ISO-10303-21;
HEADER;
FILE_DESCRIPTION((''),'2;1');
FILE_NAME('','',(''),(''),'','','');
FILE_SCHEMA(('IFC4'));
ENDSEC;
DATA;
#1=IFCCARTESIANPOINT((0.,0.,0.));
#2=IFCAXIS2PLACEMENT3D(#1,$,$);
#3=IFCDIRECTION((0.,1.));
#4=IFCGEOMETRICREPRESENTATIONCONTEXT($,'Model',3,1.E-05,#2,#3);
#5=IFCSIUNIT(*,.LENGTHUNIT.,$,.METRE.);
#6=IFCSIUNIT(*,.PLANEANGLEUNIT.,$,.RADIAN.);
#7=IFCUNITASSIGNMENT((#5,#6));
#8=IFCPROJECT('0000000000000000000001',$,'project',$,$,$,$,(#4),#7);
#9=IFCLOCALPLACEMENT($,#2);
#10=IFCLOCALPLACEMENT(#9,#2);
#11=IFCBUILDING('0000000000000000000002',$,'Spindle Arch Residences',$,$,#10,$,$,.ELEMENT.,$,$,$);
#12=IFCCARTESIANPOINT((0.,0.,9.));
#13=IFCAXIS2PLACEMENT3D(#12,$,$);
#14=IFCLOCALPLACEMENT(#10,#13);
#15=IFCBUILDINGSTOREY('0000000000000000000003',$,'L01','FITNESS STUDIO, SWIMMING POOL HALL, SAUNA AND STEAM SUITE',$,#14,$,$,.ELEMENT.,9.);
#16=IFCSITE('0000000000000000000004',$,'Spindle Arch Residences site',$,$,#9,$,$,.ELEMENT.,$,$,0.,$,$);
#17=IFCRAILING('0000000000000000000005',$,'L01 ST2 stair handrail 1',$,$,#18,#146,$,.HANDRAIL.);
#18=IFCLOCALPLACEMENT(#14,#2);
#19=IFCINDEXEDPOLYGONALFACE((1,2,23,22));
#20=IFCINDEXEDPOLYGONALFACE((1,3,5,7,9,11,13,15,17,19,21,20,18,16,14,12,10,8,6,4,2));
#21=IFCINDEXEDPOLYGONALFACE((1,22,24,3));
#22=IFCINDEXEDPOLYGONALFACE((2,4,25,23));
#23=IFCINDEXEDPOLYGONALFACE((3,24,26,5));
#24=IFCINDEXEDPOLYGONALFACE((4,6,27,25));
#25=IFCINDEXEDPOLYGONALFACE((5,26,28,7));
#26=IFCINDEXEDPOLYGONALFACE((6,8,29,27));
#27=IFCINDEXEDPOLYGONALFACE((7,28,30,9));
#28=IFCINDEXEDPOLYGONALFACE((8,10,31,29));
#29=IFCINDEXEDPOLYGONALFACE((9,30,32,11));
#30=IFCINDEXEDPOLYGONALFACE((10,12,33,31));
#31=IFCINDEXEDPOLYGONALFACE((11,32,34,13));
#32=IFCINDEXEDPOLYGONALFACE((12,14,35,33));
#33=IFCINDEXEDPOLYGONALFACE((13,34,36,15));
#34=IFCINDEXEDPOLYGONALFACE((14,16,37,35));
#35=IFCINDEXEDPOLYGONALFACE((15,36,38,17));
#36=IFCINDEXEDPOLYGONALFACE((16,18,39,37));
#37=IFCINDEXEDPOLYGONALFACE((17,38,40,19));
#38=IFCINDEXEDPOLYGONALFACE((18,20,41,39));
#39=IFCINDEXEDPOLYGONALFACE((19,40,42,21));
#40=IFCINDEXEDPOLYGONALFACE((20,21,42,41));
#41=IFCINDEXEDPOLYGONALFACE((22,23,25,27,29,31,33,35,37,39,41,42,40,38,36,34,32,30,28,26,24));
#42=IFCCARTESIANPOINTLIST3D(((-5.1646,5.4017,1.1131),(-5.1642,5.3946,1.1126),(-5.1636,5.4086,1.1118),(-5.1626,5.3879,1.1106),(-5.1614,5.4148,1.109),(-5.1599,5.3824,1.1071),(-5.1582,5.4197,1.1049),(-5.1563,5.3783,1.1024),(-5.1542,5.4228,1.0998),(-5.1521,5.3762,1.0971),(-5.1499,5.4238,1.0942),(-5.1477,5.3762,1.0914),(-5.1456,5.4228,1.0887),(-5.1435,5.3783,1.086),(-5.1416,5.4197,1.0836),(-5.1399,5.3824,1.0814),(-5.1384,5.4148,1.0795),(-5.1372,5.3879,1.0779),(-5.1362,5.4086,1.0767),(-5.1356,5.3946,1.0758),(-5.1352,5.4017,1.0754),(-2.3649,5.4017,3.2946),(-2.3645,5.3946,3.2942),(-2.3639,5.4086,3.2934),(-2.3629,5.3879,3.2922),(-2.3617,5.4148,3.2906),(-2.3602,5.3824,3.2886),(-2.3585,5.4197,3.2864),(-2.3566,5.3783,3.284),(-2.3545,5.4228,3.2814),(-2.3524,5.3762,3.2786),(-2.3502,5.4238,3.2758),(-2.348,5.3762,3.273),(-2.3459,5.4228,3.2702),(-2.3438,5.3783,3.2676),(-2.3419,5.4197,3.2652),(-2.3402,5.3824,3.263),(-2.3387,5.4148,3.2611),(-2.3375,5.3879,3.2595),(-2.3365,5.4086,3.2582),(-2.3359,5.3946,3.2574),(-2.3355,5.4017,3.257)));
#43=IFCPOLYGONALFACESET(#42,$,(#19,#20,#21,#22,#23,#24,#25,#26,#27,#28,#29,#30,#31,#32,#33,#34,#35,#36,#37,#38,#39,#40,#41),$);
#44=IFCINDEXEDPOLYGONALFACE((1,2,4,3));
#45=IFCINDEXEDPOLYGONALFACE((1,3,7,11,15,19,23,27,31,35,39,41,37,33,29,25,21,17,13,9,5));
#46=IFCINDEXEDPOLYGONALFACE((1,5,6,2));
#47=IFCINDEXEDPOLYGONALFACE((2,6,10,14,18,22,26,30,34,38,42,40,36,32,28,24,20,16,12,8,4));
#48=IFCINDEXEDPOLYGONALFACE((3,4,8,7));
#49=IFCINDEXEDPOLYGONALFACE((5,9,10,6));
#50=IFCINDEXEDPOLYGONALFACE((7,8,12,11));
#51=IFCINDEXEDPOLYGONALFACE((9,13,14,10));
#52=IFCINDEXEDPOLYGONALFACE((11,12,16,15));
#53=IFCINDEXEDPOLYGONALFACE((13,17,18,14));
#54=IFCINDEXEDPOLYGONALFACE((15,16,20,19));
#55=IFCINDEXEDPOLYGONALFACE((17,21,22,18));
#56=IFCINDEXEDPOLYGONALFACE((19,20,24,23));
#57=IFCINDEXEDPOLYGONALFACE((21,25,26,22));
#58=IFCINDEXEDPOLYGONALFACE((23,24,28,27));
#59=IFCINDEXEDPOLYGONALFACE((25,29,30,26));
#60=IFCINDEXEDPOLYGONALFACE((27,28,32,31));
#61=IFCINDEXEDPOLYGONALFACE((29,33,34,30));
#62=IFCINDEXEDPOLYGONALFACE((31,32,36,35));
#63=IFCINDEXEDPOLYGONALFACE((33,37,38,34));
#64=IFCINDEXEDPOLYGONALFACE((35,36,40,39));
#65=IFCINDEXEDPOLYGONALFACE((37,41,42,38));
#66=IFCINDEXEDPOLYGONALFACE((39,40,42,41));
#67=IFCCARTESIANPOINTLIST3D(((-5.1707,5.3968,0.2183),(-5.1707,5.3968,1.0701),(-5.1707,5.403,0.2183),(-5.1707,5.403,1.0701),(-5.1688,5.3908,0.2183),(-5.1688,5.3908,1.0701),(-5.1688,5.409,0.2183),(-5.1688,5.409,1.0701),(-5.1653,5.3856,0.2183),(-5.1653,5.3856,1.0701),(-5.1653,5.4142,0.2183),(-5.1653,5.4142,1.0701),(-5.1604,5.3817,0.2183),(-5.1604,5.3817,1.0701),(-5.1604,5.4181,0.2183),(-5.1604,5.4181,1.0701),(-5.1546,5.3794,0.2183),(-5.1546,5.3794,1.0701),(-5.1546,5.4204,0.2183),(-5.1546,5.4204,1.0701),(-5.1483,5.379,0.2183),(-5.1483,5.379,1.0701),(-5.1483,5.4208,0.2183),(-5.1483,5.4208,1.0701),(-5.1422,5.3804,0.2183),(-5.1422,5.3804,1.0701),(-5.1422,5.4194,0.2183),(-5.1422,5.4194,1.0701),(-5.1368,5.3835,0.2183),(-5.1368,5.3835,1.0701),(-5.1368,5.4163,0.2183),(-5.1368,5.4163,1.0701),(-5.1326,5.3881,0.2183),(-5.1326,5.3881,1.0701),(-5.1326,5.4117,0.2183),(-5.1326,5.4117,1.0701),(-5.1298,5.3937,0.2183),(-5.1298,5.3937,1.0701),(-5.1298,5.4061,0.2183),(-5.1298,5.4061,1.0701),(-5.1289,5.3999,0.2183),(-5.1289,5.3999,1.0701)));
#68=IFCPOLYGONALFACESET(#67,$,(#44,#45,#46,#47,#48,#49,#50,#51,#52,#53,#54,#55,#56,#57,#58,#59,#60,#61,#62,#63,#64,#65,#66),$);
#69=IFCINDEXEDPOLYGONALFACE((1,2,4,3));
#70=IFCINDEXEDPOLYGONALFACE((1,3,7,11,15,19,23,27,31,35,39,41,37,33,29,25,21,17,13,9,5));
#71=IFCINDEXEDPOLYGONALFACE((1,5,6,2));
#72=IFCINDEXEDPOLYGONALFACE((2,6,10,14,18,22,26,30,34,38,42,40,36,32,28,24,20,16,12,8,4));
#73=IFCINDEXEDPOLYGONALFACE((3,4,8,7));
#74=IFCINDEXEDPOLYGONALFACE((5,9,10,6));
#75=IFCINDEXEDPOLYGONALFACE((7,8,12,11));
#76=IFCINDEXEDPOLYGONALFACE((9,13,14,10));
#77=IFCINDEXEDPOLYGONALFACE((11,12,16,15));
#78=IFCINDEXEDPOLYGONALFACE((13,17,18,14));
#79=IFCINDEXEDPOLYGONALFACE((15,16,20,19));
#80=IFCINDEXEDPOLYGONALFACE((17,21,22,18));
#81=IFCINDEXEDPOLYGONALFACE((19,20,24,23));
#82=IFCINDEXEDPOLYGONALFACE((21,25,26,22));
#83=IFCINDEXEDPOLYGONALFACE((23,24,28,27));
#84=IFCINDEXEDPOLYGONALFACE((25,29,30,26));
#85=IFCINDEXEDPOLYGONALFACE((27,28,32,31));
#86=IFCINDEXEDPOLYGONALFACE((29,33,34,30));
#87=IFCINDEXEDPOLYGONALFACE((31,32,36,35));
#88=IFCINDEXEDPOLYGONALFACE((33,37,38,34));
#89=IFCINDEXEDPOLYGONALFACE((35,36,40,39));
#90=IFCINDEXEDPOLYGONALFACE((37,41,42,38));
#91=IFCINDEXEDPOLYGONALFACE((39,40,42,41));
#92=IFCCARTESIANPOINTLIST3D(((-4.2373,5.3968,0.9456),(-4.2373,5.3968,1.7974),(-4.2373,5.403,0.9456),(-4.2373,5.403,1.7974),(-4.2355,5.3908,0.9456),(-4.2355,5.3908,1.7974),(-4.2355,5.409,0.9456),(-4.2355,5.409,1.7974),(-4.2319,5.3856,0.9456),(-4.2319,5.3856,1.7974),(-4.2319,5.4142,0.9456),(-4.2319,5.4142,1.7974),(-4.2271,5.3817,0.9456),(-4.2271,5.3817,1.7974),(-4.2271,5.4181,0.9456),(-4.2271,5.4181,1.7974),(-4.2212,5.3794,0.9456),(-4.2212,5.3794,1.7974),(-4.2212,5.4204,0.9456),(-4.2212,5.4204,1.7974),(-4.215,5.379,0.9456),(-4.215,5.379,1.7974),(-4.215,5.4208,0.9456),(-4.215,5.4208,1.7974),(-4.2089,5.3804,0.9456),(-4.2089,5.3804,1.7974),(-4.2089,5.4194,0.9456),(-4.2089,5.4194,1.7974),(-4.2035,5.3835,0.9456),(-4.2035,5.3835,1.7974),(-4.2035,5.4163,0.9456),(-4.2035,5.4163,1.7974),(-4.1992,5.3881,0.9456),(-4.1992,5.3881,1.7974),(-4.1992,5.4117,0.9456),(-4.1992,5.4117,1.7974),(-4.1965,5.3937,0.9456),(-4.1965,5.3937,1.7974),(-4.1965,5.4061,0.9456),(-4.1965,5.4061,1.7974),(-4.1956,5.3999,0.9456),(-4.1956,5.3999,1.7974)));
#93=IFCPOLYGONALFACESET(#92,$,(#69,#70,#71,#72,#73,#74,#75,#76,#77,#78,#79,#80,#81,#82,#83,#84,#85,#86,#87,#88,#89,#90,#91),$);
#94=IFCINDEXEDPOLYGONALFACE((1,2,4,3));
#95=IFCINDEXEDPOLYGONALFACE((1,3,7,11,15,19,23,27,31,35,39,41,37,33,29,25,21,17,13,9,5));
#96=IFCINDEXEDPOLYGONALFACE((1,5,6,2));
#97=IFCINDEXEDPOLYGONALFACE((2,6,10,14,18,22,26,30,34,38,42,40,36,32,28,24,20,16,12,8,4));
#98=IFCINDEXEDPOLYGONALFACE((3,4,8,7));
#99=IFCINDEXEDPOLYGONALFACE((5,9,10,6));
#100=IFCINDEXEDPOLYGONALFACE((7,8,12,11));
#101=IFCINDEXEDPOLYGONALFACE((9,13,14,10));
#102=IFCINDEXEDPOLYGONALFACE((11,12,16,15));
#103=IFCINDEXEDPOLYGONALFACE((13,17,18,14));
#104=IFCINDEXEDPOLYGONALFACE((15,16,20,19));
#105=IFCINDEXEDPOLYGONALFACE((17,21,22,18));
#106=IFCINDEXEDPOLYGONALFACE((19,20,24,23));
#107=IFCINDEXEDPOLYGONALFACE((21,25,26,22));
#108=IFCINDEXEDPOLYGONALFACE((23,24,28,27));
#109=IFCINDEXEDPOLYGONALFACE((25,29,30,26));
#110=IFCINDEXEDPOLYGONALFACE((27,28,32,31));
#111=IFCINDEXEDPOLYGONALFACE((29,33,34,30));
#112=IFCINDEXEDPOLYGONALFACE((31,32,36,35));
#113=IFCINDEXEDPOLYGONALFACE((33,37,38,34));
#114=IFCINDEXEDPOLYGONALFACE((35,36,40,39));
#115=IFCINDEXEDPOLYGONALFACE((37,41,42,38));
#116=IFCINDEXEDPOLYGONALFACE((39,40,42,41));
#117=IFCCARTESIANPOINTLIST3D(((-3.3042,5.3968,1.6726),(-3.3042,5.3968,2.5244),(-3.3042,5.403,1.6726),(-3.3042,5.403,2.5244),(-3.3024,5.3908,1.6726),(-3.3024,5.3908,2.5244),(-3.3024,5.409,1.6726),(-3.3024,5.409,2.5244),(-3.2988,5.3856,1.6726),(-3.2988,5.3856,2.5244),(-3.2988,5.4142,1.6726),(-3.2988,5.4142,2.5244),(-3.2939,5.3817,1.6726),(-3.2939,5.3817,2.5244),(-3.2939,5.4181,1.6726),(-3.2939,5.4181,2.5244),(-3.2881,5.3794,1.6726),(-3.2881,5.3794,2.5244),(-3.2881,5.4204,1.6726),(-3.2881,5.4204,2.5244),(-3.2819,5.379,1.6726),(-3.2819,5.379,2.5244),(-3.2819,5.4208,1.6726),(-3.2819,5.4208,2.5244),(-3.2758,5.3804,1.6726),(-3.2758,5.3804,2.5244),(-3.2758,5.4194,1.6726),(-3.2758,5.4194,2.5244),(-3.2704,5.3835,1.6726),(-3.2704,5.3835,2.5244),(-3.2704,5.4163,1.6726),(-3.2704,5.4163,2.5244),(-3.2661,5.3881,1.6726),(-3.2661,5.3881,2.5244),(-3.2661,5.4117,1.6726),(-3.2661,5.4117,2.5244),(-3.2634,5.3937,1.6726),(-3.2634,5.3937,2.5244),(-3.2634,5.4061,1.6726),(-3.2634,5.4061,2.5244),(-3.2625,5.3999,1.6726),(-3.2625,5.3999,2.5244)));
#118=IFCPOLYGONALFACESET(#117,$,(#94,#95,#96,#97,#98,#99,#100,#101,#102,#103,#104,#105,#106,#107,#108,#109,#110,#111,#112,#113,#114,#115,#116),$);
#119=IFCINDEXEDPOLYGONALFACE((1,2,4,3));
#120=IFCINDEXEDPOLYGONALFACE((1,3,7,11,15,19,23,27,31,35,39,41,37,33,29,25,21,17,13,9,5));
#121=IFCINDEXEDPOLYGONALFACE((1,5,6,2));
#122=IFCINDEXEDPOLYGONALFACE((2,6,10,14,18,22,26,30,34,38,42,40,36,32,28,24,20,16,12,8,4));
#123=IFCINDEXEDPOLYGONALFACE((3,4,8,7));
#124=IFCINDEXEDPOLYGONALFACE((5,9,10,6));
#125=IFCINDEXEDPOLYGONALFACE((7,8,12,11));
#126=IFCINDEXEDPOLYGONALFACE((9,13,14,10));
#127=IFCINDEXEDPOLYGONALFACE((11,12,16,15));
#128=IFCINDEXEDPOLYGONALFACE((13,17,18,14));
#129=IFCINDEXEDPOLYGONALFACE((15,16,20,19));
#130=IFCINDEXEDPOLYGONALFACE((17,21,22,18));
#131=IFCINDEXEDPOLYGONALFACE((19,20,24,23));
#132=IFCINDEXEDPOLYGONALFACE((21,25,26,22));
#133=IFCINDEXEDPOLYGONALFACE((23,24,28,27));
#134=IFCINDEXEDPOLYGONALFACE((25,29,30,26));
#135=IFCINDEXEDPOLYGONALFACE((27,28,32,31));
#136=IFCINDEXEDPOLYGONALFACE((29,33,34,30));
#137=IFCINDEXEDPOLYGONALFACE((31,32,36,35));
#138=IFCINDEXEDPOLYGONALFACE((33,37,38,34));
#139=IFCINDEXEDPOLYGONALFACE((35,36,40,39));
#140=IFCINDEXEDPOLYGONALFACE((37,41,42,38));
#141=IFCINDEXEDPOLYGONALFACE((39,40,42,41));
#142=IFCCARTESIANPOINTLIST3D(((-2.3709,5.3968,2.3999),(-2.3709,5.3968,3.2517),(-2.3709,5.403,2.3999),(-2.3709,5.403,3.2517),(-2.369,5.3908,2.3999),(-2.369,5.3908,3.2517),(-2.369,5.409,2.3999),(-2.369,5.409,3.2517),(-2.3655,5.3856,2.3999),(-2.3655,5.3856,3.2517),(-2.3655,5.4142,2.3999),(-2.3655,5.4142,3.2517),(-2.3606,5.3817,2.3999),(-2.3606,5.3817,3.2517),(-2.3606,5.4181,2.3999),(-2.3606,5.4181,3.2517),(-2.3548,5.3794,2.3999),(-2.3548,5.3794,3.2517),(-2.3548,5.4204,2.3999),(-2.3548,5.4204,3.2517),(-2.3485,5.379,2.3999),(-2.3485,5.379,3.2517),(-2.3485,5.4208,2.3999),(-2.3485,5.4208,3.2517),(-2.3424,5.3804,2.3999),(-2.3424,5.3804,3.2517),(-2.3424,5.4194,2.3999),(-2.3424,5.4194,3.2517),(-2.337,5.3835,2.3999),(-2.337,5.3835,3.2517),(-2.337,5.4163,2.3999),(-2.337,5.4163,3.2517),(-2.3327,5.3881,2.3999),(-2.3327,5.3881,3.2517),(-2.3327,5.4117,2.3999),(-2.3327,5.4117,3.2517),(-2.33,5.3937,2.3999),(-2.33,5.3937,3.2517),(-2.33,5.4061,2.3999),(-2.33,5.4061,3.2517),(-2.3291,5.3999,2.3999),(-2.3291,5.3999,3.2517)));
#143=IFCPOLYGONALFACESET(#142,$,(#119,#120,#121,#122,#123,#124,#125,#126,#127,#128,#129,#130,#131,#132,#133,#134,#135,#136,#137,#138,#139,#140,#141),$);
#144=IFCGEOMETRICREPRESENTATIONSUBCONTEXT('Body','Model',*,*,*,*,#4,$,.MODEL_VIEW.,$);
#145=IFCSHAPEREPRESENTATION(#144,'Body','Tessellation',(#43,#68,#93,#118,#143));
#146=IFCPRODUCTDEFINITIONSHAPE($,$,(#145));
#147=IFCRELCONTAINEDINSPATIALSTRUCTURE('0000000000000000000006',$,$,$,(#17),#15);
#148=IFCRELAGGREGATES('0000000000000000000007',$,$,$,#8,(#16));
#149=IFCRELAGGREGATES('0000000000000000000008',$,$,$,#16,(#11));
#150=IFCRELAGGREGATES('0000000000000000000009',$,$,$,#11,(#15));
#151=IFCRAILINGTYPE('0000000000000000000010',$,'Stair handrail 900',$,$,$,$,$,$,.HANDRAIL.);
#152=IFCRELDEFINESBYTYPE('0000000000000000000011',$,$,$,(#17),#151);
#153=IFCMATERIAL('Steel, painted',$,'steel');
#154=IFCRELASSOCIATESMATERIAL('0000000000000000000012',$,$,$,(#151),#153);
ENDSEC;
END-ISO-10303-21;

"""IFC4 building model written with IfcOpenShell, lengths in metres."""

from ifc_helpers import new_model, si_unit, direction, frame, origin, origin_2d, place, context, subcontext, project, spatial, circle, extrude, material, type_object, element, save


model = new_model("IFC4")

# Units and contexts
model_context = context("Model", 3, precision=1e-05, world=origin(), true_north=direction((0.0, 1.0)))
body_context = subcontext(model_context, "Body", "Model", "MODEL_VIEW")
ifc_project = project(units=[si_unit("LENGTHUNIT", "METRE"), si_unit("PLANEANGLEUNIT", "RADIAN")], contexts=[model_context])

# Site, building, storey
site_placement = place(None, origin())
site = spatial("IfcSite", under=ifc_project, at=site_placement, Name="Spindle Arch Residences site", CompositionType="ELEMENT", RefElevation=0.0)
building_placement = place(site_placement, origin())
building = spatial("IfcBuilding", under=site, at=building_placement, Name="Spindle Arch Residences", CompositionType="ELEMENT")
storey_placement = place(building_placement, frame((0.0, 0.0, 9.0)))
storey = spatial("IfcBuildingStorey", under=building, at=storey_placement, Name="L01", Description="FITNESS STUDIO, SWIMMING POOL HALL, SAUNA AND STEAM SUITE", CompositionType="ELEMENT", Elevation=9.0)

# Railing
ifc_material_1 = material(Name="Steel, painted", Category="steel")
railing_type_1 = type_object("IfcRailingType", Name="Stair handrail 900", PredefinedType="HANDRAIL", material=ifc_material_1)
railing_1_placement = place(storey_placement, frame((-5.1499, 5.3999, 0.2183)))
element("IfcRailing", 1, at=railing_1_placement, inside=storey, type_object=railing_type_1, Name="L01 ST2 stair handrail 1", PredefinedType="HANDRAIL", context=body_context, shape_type="SweptSolid", body=[
    extrude(circle(Radius=0.0239, at=origin_2d()), frame((0.0, 0.0, 0.876), z_axis=(0.788804, 0.0, 0.614645), x_axis=(0.0, 1.0, 0.0)), (0.0, 0.0, 1.0), 3.5493),
    extrude(circle(Radius=0.021, at=origin_2d()), origin(), (0.0, 0.0, 1.0), 0.8518),
    extrude(circle(Radius=0.021, at=origin_2d()), frame((0.9333, 0.0, 0.7273)), (0.0, 0.0, 1.0), 0.8518),
    extrude(circle(Radius=0.021, at=origin_2d()), frame((1.8665, 0.0, 1.4543)), (0.0, 0.0, 1.0), 0.8518),
    extrude(circle(Radius=0.021, at=origin_2d()), frame((2.7998, 0.0, 2.1816)), (0.0, 0.0, 1.0), 0.8518),
])

save(model, "model.ifc")
